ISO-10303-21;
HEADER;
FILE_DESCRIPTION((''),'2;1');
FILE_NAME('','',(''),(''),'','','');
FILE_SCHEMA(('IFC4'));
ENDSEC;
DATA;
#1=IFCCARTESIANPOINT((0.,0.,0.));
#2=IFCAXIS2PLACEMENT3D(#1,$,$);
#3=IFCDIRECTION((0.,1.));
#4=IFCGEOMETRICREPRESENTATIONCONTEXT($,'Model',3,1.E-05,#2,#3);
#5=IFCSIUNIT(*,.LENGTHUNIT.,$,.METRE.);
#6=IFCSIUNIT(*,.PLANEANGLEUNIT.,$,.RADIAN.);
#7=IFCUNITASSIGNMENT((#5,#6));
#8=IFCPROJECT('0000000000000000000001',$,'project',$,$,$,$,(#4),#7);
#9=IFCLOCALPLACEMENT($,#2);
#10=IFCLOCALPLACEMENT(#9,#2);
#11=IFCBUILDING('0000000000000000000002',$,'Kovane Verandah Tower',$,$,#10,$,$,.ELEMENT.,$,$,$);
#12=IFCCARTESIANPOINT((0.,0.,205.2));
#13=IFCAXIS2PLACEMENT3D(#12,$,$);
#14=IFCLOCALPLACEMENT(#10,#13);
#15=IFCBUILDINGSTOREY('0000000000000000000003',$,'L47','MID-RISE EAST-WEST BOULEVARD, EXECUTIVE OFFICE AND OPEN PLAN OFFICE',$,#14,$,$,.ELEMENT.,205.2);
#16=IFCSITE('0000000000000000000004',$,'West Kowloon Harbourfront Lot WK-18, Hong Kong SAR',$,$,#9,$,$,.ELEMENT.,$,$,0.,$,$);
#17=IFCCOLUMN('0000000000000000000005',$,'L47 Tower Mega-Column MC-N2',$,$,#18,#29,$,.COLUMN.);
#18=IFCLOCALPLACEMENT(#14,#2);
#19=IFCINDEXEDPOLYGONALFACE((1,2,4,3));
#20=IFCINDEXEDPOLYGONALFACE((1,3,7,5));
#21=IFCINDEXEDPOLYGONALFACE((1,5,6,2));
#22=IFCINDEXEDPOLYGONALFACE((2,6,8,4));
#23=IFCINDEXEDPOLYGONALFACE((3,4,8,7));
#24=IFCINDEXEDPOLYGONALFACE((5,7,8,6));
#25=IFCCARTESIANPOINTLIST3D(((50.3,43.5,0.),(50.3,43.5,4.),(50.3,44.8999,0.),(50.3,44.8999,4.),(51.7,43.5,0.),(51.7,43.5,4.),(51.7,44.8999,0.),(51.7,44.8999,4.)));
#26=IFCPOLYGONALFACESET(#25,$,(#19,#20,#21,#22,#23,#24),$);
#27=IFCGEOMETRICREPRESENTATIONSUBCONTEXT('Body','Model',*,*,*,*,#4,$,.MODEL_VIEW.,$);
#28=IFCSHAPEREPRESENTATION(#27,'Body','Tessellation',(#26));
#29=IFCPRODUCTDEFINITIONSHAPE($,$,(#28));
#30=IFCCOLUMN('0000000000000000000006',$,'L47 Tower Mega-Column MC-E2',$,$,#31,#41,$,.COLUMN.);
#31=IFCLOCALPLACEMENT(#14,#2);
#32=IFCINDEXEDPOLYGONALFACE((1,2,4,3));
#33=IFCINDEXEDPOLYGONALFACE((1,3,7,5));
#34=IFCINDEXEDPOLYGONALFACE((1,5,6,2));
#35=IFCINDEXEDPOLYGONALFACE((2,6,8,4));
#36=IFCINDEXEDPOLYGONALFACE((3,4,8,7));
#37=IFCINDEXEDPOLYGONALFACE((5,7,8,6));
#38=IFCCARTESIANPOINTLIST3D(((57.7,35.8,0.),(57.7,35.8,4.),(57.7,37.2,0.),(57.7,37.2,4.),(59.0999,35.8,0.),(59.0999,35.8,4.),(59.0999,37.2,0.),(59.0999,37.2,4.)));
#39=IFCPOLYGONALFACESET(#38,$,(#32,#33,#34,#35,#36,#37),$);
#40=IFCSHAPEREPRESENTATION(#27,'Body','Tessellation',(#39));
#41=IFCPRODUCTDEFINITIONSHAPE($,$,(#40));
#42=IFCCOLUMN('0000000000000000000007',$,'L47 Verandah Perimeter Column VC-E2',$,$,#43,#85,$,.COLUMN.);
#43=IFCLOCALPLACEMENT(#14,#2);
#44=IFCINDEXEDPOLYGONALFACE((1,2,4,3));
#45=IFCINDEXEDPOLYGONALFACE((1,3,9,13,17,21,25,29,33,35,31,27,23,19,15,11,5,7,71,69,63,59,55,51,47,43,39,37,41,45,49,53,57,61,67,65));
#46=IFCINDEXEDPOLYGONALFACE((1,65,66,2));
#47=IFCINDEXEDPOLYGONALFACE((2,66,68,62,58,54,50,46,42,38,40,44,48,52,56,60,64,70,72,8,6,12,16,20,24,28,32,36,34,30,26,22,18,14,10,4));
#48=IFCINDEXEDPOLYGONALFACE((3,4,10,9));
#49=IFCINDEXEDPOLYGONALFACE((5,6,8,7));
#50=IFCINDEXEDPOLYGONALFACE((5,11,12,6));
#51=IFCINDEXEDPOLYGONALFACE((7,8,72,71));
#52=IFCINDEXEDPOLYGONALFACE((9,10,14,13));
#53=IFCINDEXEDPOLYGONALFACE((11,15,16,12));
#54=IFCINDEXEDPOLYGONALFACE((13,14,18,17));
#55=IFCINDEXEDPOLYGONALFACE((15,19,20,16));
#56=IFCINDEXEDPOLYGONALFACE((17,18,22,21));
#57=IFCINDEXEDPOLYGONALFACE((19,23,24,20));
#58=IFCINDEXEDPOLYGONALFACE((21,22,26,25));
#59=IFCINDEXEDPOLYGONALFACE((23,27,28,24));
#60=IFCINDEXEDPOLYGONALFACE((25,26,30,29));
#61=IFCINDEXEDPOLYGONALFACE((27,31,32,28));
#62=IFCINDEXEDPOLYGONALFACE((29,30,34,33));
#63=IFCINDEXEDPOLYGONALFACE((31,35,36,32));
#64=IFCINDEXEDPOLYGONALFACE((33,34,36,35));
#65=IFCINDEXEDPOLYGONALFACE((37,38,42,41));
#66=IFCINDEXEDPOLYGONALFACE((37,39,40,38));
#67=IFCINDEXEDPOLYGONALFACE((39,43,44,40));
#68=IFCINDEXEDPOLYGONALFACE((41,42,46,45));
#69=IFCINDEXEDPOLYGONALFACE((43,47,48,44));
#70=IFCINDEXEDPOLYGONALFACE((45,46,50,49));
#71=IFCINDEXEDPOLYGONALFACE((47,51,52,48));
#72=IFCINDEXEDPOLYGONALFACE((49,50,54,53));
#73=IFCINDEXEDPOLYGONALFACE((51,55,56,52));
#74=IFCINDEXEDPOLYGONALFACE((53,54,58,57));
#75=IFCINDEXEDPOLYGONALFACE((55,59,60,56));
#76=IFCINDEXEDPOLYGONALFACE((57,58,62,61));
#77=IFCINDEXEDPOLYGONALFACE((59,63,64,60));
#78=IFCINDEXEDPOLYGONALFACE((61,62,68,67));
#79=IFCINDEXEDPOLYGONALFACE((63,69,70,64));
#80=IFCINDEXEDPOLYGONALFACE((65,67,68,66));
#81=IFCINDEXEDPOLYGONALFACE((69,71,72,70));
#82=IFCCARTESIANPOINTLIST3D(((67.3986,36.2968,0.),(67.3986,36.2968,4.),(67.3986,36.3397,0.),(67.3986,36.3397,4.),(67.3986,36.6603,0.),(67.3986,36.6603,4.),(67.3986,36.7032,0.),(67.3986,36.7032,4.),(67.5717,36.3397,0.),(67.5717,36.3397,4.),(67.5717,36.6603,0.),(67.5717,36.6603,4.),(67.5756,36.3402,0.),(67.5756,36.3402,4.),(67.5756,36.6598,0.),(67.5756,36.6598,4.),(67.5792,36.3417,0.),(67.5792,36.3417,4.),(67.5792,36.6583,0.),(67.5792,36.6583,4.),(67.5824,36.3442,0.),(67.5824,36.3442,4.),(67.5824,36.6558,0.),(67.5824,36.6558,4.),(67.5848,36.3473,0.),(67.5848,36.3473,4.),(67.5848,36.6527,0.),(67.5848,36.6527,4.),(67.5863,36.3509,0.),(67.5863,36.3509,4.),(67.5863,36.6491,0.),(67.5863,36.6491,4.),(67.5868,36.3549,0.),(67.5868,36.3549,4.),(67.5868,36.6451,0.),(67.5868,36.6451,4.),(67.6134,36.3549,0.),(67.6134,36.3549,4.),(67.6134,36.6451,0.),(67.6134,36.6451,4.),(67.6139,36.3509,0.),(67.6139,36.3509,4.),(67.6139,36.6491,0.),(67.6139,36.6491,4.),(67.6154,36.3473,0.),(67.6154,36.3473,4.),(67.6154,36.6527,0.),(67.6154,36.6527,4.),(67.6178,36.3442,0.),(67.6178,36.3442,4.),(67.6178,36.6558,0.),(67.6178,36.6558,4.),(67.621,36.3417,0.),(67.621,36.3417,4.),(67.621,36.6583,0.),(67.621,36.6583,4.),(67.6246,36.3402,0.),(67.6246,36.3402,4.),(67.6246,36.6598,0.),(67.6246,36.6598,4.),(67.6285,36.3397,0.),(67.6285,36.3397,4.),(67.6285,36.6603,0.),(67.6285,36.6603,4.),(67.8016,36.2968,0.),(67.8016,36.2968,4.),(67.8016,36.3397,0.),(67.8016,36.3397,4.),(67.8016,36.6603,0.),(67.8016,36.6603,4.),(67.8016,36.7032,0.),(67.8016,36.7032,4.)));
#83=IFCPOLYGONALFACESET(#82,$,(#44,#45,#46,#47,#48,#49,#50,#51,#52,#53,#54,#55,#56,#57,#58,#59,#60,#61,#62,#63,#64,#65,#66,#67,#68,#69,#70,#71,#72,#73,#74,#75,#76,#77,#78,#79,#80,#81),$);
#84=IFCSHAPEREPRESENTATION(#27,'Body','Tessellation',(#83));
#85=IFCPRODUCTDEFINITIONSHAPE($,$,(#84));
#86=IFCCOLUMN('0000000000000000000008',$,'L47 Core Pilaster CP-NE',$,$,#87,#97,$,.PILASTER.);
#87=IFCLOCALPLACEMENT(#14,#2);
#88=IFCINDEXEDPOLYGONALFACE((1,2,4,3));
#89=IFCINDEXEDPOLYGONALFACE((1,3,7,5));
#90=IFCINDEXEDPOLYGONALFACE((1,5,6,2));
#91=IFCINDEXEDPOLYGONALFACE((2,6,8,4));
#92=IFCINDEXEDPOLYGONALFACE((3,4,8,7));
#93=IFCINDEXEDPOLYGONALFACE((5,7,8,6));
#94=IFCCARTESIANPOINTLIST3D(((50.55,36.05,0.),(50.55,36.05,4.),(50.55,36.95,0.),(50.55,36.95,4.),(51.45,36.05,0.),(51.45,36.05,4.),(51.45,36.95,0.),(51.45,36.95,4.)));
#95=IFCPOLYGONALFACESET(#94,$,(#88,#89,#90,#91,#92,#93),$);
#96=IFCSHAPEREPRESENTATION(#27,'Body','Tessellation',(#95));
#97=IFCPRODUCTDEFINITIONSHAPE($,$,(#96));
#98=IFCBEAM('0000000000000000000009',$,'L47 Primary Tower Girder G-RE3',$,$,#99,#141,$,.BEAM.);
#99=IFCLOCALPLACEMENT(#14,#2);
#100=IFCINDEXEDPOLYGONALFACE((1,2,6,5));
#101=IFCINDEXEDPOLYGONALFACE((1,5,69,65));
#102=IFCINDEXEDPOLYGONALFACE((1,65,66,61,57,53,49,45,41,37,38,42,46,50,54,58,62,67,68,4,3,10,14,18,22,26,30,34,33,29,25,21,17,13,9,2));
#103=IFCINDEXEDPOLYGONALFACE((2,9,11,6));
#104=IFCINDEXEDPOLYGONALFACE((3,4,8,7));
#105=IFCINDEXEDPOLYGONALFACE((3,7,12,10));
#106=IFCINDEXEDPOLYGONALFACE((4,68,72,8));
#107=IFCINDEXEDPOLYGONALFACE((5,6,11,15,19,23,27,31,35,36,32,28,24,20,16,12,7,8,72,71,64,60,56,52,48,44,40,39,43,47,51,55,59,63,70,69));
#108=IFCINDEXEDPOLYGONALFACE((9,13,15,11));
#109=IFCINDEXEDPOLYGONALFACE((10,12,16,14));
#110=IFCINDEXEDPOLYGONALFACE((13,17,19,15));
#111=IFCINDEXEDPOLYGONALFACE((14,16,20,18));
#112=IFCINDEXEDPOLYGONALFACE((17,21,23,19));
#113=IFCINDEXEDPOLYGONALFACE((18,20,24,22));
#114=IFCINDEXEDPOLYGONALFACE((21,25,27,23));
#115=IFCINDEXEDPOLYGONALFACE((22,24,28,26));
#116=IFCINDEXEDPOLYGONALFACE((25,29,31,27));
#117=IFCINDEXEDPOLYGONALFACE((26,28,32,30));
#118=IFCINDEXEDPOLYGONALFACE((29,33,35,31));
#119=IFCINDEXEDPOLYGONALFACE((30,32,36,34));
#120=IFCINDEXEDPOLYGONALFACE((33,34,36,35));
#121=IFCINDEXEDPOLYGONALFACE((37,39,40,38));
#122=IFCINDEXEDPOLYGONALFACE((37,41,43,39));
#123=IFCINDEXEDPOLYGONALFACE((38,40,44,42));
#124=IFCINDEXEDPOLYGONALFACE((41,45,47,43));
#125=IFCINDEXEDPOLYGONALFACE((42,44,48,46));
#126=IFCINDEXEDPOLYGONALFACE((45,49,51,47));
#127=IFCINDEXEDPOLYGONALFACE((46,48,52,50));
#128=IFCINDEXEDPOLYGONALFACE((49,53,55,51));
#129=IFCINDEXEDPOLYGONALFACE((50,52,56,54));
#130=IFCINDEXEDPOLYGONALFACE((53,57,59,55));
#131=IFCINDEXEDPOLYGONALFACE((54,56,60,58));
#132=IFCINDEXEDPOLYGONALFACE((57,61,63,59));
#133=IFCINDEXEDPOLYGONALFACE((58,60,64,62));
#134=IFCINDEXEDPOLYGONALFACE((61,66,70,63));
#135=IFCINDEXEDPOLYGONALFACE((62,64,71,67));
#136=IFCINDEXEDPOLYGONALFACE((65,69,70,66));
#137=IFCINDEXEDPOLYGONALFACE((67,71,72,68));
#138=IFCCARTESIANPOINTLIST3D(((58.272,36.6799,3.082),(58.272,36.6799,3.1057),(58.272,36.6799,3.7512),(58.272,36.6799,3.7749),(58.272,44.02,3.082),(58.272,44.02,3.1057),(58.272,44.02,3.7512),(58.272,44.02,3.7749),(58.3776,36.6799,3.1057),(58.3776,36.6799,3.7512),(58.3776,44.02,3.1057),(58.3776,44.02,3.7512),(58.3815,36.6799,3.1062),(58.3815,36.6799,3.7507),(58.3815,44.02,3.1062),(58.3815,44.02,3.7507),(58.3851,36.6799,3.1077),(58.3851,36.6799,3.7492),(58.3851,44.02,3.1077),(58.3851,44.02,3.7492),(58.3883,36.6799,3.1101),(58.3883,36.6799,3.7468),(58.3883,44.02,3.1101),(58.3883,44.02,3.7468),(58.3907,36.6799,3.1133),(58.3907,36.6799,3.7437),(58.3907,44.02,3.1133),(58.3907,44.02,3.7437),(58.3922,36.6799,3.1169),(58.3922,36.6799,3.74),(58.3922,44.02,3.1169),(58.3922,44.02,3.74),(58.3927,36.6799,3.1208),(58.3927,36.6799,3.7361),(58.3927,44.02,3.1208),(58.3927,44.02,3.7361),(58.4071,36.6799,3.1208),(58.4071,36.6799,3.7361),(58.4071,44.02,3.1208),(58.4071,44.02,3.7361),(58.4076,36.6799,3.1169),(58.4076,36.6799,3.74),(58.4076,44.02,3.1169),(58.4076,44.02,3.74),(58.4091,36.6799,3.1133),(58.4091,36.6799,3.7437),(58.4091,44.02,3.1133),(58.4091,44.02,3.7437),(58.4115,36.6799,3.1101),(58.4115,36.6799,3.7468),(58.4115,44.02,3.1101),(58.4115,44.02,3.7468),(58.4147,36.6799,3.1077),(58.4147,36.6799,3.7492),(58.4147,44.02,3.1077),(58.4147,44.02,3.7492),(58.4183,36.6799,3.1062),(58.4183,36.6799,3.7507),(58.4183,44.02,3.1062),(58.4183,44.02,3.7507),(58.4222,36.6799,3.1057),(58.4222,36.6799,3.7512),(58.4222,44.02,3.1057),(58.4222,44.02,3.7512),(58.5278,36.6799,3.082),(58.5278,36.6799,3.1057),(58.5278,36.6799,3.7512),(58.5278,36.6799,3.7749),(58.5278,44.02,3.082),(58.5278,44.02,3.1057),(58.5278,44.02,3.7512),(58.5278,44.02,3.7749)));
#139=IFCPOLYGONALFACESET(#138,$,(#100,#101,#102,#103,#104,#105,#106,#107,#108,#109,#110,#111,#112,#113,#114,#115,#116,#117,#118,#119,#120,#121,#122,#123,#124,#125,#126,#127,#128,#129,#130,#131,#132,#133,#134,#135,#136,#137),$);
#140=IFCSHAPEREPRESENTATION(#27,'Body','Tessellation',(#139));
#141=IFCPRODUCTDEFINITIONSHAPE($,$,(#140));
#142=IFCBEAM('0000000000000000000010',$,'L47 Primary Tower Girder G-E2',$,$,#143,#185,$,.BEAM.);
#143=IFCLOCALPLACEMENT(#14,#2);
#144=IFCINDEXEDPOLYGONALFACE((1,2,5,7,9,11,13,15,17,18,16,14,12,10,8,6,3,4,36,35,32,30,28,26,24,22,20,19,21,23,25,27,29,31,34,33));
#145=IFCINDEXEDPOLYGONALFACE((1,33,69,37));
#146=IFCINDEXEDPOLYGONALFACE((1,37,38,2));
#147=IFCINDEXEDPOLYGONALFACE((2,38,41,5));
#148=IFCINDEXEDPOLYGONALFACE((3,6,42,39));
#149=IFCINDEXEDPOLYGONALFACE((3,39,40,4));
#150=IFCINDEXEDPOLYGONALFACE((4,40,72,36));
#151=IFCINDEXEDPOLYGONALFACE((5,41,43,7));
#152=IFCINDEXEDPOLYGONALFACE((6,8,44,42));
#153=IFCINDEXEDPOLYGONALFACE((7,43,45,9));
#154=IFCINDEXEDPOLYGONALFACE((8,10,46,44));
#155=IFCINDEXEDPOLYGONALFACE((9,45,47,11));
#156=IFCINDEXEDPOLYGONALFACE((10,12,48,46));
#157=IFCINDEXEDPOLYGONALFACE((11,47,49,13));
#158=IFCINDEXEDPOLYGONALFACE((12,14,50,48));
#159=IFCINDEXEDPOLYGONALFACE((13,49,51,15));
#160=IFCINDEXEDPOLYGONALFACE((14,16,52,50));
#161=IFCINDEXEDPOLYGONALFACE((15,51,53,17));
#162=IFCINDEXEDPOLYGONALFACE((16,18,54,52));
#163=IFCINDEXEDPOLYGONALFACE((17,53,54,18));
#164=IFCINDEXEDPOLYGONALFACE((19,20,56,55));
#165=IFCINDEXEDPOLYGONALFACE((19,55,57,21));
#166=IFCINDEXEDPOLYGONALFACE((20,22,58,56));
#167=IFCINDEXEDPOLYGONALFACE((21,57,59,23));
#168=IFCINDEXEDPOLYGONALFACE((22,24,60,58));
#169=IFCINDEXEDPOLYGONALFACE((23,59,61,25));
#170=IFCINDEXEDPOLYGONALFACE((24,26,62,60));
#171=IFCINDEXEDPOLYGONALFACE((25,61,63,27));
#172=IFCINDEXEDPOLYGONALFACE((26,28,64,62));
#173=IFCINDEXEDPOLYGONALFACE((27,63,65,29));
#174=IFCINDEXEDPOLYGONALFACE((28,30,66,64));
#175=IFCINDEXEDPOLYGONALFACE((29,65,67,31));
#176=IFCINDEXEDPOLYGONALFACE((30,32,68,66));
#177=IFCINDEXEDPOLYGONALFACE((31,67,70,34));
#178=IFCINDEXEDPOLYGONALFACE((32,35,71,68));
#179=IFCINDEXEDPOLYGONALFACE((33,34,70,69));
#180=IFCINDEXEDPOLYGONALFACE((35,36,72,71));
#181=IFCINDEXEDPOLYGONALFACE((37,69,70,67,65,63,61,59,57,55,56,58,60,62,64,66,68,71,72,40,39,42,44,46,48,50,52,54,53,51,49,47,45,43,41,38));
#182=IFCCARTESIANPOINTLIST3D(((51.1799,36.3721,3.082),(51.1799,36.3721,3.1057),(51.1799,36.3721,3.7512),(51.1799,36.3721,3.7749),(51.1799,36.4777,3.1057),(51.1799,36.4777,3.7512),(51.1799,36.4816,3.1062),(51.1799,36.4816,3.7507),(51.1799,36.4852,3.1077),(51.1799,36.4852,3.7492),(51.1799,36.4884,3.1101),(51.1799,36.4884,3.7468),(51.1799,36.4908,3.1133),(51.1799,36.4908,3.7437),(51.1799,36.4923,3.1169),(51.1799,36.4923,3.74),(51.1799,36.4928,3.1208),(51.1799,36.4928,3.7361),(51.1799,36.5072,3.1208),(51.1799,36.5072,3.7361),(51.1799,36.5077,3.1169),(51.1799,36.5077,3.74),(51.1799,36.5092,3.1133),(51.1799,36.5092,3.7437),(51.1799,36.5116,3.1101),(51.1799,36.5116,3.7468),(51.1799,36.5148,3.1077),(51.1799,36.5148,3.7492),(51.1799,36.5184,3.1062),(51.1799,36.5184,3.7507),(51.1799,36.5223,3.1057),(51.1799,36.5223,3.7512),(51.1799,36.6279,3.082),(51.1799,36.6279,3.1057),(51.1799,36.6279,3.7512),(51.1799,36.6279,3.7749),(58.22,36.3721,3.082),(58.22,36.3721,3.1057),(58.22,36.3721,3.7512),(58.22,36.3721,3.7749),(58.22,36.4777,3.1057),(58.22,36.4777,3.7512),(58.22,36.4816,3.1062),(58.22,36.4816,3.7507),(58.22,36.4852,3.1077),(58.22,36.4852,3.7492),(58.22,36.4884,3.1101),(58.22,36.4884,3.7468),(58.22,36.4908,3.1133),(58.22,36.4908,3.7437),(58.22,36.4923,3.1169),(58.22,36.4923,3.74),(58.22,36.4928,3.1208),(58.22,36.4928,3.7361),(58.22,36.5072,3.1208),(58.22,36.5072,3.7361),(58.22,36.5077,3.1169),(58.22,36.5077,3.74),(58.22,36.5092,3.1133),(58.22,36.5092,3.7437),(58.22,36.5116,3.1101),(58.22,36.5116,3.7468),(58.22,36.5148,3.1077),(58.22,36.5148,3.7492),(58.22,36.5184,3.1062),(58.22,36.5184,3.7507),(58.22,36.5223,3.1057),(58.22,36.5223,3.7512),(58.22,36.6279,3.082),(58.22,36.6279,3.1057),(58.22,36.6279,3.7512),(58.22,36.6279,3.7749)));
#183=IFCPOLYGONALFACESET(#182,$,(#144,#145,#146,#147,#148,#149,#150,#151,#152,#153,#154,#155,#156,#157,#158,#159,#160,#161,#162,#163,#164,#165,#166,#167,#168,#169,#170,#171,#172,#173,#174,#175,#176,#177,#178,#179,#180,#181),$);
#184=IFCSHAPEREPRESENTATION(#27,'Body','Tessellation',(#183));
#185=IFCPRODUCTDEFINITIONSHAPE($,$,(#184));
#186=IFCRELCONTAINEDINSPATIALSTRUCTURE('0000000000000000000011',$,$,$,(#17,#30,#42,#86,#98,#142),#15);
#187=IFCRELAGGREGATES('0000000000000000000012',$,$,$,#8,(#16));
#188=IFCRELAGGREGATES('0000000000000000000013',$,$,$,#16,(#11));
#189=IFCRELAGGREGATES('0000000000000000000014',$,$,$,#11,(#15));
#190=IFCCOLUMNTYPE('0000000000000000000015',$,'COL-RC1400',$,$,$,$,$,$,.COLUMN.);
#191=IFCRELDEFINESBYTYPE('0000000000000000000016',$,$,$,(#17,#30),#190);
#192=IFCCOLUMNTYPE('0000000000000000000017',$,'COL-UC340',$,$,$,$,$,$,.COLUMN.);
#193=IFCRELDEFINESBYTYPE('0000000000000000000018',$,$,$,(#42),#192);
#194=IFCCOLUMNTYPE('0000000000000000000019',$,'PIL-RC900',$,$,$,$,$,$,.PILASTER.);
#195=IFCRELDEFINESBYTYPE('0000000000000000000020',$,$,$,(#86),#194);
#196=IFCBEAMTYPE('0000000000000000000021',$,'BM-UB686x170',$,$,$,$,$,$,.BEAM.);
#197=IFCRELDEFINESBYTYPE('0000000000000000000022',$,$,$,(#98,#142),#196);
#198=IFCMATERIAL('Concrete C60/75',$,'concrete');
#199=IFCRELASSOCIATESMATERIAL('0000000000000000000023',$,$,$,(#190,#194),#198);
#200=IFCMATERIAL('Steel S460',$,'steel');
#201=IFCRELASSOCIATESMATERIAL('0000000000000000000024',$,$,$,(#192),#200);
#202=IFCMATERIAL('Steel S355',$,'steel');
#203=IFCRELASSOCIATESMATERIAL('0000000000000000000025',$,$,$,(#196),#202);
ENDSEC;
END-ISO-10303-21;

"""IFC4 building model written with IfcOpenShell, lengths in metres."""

from ifc_helpers import new_model, si_unit, direction, frame, origin, origin_2d, place, context, subcontext, project, spatial, rectangle, i_section, extrude, material, material_profile, profile_set, type_object, element, save


model = new_model("IFC4")

# Units and contexts
model_context = context("Model", 3, precision=1e-05, world=origin(), true_north=direction((0.0, 1.0)))
body_context = subcontext(model_context, "Body", "Model", "MODEL_VIEW")
ifc_project = project(units=[si_unit("LENGTHUNIT", "METRE"), si_unit("PLANEANGLEUNIT", "RADIAN")], contexts=[model_context])

# Site, building, storey
site_placement = place(None, origin())
site = spatial("IfcSite", under=ifc_project, at=site_placement, Name="West Kowloon Harbourfront Lot WK-18, Hong Kong SAR", CompositionType="ELEMENT", RefElevation=0.0)
building_placement = place(site_placement, origin())
building = spatial("IfcBuilding", under=site, at=building_placement, Name="Kovane Verandah Tower", CompositionType="ELEMENT")
storey_placement = place(building_placement, frame((0.0, 0.0, 205.2)))
storey = spatial("IfcBuildingStorey", under=building, at=storey_placement, Name="L47", Description="MID-RISE EAST-WEST BOULEVARD, EXECUTIVE OFFICE AND OPEN PLAN OFFICE", CompositionType="ELEMENT", Elevation=205.2)

# Columns
ifc_material_1 = material(Name="Concrete C60/75", Category="concrete")
ifc_material_profile_1 = material_profile(ifc_material_1, rectangle(XDim=1.3999, YDim=1.3999, at=origin_2d()), Name="RC1400x1400")
ifc_profile_set_1 = profile_set([ifc_material_profile_1], Name="Concrete C60/75")
column_type_1 = type_object("IfcColumnType", Name="COL-RC1400", PredefinedType="COLUMN", material=ifc_profile_set_1)
for number, where, z_axis, x_axis, name in (
    (1, (51.0, 44.2, 0.0), (0.0, 0.0, 1.0), (1.0, 0.0, 0.0), "L47 Tower Mega-Column MC-N2"),
    (2, (58.3999, 36.5, 0.0), (0.0, 0.0, 1.0), (1.0, 0.0, 0.0), "L47 Tower Mega-Column MC-E2"),
):
    element("IfcColumn", number, at=place(storey_placement, frame(where, z_axis=z_axis, x_axis=x_axis)), inside=storey, type_object=column_type_1, Name=name, PredefinedType="COLUMN", context=body_context, shape_type="SweptSolid", body=[
        extrude(rectangle(XDim=1.3999, YDim=1.3999, at=origin_2d()), origin(), (0.0, 0.0, 1.0), 4.0),
    ])
ifc_material_2 = material(Name="Steel S460", Category="steel")
ifc_material_profile_2 = material_profile(ifc_material_2, i_section(OverallWidth=0.4031, OverallDepth=0.4065, WebThickness=0.0266, FlangeThickness=0.043, FilletRadius=0.0151, at=origin_2d()), Name="UC356x406x340")
ifc_profile_set_2 = profile_set([ifc_material_profile_2], Name="Steel S460")
column_type_2 = type_object("IfcColumnType", Name="COL-UC340", PredefinedType="COLUMN", material=ifc_profile_set_2)
column_1_placement = place(storey_placement, frame((67.6001, 36.5, 0.0), z_axis=(0.0, 0.0, 1.0), x_axis=(1.0, 0.0, 0.0)))
element("IfcColumn", 3, at=column_1_placement, inside=storey, type_object=column_type_2, Name="L47 Verandah Perimeter Column VC-E2", PredefinedType="COLUMN", context=body_context, shape_type="SweptSolid", body=[
    extrude(i_section(OverallWidth=0.4031, OverallDepth=0.4065, WebThickness=0.0266, FlangeThickness=0.043, FilletRadius=0.0151, at=origin_2d()), origin(), (0.0, 0.0, 1.0), 4.0),
])
ifc_material_profile_3 = material_profile(ifc_material_1, rectangle(XDim=0.8999, YDim=0.8999, at=origin_2d()), Name="RC900x900")
ifc_profile_set_3 = profile_set([ifc_material_profile_3], Name="Concrete C60/75")
column_type_3 = type_object("IfcColumnType", Name="PIL-RC900", PredefinedType="PILASTER", material=ifc_profile_set_3)
column_2_placement = place(storey_placement, frame((51.0, 36.5, 0.0), z_axis=(0.0, 0.0, 1.0), x_axis=(1.0, 0.0, 0.0)))
element("IfcColumn", 4, at=column_2_placement, inside=storey, type_object=column_type_3, Name="L47 Core Pilaster CP-NE", PredefinedType="PILASTER", context=body_context, shape_type="SweptSolid", body=[
    extrude(rectangle(XDim=0.8999, YDim=0.8999, at=origin_2d()), origin(), (0.0, 0.0, 1.0), 4.0),
])

# Beams
ifc_material_3 = material(Name="Steel S355", Category="steel")
ifc_material_profile_4 = material_profile(ifc_material_3, i_section(OverallWidth=0.2559, OverallDepth=0.6929, WebThickness=0.0144, FlangeThickness=0.0237, FilletRadius=0.0151, at=origin_2d()), Name="UB686x254x170")
ifc_profile_set_4 = profile_set([ifc_material_profile_4], Name="Steel S355")
beam_type_1 = type_object("IfcBeamType", Name="BM-UB686x170", PredefinedType="BEAM", material=ifc_profile_set_4)
beam_1_placement = place(storey_placement, frame((58.3999, 36.6799, 3.4285), z_axis=(0.0, 1.0, 0.0), x_axis=(-1.0, 0.0, 0.0)))
element("IfcBeam", 5, at=beam_1_placement, inside=storey, type_object=beam_type_1, Name="L47 Primary Tower Girder G-RE3", PredefinedType="BEAM", context=body_context, shape_type="SweptSolid", body=[
    extrude(i_section(OverallWidth=0.2559, OverallDepth=0.6929, WebThickness=0.0144, FlangeThickness=0.0237, FilletRadius=0.0151, at=origin_2d()), origin(), (0.0, 0.0, 1.0), 7.3401),
])
beam_2_placement = place(storey_placement, frame((51.1799, 36.5, 3.4285), z_axis=(1.0, 0.0, 0.0), x_axis=(0.0, 1.0, 0.0)))
element("IfcBeam", 6, at=beam_2_placement, inside=storey, type_object=beam_type_1, Name="L47 Primary Tower Girder G-E2", PredefinedType="BEAM", context=body_context, shape_type="SweptSolid", body=[
    extrude(i_section(OverallWidth=0.2559, OverallDepth=0.6929, WebThickness=0.0144, FlangeThickness=0.0237, FilletRadius=0.0151, at=origin_2d()), origin(), (0.0, 0.0, 1.0), 7.04),
])

save(model, "model.ifc")
